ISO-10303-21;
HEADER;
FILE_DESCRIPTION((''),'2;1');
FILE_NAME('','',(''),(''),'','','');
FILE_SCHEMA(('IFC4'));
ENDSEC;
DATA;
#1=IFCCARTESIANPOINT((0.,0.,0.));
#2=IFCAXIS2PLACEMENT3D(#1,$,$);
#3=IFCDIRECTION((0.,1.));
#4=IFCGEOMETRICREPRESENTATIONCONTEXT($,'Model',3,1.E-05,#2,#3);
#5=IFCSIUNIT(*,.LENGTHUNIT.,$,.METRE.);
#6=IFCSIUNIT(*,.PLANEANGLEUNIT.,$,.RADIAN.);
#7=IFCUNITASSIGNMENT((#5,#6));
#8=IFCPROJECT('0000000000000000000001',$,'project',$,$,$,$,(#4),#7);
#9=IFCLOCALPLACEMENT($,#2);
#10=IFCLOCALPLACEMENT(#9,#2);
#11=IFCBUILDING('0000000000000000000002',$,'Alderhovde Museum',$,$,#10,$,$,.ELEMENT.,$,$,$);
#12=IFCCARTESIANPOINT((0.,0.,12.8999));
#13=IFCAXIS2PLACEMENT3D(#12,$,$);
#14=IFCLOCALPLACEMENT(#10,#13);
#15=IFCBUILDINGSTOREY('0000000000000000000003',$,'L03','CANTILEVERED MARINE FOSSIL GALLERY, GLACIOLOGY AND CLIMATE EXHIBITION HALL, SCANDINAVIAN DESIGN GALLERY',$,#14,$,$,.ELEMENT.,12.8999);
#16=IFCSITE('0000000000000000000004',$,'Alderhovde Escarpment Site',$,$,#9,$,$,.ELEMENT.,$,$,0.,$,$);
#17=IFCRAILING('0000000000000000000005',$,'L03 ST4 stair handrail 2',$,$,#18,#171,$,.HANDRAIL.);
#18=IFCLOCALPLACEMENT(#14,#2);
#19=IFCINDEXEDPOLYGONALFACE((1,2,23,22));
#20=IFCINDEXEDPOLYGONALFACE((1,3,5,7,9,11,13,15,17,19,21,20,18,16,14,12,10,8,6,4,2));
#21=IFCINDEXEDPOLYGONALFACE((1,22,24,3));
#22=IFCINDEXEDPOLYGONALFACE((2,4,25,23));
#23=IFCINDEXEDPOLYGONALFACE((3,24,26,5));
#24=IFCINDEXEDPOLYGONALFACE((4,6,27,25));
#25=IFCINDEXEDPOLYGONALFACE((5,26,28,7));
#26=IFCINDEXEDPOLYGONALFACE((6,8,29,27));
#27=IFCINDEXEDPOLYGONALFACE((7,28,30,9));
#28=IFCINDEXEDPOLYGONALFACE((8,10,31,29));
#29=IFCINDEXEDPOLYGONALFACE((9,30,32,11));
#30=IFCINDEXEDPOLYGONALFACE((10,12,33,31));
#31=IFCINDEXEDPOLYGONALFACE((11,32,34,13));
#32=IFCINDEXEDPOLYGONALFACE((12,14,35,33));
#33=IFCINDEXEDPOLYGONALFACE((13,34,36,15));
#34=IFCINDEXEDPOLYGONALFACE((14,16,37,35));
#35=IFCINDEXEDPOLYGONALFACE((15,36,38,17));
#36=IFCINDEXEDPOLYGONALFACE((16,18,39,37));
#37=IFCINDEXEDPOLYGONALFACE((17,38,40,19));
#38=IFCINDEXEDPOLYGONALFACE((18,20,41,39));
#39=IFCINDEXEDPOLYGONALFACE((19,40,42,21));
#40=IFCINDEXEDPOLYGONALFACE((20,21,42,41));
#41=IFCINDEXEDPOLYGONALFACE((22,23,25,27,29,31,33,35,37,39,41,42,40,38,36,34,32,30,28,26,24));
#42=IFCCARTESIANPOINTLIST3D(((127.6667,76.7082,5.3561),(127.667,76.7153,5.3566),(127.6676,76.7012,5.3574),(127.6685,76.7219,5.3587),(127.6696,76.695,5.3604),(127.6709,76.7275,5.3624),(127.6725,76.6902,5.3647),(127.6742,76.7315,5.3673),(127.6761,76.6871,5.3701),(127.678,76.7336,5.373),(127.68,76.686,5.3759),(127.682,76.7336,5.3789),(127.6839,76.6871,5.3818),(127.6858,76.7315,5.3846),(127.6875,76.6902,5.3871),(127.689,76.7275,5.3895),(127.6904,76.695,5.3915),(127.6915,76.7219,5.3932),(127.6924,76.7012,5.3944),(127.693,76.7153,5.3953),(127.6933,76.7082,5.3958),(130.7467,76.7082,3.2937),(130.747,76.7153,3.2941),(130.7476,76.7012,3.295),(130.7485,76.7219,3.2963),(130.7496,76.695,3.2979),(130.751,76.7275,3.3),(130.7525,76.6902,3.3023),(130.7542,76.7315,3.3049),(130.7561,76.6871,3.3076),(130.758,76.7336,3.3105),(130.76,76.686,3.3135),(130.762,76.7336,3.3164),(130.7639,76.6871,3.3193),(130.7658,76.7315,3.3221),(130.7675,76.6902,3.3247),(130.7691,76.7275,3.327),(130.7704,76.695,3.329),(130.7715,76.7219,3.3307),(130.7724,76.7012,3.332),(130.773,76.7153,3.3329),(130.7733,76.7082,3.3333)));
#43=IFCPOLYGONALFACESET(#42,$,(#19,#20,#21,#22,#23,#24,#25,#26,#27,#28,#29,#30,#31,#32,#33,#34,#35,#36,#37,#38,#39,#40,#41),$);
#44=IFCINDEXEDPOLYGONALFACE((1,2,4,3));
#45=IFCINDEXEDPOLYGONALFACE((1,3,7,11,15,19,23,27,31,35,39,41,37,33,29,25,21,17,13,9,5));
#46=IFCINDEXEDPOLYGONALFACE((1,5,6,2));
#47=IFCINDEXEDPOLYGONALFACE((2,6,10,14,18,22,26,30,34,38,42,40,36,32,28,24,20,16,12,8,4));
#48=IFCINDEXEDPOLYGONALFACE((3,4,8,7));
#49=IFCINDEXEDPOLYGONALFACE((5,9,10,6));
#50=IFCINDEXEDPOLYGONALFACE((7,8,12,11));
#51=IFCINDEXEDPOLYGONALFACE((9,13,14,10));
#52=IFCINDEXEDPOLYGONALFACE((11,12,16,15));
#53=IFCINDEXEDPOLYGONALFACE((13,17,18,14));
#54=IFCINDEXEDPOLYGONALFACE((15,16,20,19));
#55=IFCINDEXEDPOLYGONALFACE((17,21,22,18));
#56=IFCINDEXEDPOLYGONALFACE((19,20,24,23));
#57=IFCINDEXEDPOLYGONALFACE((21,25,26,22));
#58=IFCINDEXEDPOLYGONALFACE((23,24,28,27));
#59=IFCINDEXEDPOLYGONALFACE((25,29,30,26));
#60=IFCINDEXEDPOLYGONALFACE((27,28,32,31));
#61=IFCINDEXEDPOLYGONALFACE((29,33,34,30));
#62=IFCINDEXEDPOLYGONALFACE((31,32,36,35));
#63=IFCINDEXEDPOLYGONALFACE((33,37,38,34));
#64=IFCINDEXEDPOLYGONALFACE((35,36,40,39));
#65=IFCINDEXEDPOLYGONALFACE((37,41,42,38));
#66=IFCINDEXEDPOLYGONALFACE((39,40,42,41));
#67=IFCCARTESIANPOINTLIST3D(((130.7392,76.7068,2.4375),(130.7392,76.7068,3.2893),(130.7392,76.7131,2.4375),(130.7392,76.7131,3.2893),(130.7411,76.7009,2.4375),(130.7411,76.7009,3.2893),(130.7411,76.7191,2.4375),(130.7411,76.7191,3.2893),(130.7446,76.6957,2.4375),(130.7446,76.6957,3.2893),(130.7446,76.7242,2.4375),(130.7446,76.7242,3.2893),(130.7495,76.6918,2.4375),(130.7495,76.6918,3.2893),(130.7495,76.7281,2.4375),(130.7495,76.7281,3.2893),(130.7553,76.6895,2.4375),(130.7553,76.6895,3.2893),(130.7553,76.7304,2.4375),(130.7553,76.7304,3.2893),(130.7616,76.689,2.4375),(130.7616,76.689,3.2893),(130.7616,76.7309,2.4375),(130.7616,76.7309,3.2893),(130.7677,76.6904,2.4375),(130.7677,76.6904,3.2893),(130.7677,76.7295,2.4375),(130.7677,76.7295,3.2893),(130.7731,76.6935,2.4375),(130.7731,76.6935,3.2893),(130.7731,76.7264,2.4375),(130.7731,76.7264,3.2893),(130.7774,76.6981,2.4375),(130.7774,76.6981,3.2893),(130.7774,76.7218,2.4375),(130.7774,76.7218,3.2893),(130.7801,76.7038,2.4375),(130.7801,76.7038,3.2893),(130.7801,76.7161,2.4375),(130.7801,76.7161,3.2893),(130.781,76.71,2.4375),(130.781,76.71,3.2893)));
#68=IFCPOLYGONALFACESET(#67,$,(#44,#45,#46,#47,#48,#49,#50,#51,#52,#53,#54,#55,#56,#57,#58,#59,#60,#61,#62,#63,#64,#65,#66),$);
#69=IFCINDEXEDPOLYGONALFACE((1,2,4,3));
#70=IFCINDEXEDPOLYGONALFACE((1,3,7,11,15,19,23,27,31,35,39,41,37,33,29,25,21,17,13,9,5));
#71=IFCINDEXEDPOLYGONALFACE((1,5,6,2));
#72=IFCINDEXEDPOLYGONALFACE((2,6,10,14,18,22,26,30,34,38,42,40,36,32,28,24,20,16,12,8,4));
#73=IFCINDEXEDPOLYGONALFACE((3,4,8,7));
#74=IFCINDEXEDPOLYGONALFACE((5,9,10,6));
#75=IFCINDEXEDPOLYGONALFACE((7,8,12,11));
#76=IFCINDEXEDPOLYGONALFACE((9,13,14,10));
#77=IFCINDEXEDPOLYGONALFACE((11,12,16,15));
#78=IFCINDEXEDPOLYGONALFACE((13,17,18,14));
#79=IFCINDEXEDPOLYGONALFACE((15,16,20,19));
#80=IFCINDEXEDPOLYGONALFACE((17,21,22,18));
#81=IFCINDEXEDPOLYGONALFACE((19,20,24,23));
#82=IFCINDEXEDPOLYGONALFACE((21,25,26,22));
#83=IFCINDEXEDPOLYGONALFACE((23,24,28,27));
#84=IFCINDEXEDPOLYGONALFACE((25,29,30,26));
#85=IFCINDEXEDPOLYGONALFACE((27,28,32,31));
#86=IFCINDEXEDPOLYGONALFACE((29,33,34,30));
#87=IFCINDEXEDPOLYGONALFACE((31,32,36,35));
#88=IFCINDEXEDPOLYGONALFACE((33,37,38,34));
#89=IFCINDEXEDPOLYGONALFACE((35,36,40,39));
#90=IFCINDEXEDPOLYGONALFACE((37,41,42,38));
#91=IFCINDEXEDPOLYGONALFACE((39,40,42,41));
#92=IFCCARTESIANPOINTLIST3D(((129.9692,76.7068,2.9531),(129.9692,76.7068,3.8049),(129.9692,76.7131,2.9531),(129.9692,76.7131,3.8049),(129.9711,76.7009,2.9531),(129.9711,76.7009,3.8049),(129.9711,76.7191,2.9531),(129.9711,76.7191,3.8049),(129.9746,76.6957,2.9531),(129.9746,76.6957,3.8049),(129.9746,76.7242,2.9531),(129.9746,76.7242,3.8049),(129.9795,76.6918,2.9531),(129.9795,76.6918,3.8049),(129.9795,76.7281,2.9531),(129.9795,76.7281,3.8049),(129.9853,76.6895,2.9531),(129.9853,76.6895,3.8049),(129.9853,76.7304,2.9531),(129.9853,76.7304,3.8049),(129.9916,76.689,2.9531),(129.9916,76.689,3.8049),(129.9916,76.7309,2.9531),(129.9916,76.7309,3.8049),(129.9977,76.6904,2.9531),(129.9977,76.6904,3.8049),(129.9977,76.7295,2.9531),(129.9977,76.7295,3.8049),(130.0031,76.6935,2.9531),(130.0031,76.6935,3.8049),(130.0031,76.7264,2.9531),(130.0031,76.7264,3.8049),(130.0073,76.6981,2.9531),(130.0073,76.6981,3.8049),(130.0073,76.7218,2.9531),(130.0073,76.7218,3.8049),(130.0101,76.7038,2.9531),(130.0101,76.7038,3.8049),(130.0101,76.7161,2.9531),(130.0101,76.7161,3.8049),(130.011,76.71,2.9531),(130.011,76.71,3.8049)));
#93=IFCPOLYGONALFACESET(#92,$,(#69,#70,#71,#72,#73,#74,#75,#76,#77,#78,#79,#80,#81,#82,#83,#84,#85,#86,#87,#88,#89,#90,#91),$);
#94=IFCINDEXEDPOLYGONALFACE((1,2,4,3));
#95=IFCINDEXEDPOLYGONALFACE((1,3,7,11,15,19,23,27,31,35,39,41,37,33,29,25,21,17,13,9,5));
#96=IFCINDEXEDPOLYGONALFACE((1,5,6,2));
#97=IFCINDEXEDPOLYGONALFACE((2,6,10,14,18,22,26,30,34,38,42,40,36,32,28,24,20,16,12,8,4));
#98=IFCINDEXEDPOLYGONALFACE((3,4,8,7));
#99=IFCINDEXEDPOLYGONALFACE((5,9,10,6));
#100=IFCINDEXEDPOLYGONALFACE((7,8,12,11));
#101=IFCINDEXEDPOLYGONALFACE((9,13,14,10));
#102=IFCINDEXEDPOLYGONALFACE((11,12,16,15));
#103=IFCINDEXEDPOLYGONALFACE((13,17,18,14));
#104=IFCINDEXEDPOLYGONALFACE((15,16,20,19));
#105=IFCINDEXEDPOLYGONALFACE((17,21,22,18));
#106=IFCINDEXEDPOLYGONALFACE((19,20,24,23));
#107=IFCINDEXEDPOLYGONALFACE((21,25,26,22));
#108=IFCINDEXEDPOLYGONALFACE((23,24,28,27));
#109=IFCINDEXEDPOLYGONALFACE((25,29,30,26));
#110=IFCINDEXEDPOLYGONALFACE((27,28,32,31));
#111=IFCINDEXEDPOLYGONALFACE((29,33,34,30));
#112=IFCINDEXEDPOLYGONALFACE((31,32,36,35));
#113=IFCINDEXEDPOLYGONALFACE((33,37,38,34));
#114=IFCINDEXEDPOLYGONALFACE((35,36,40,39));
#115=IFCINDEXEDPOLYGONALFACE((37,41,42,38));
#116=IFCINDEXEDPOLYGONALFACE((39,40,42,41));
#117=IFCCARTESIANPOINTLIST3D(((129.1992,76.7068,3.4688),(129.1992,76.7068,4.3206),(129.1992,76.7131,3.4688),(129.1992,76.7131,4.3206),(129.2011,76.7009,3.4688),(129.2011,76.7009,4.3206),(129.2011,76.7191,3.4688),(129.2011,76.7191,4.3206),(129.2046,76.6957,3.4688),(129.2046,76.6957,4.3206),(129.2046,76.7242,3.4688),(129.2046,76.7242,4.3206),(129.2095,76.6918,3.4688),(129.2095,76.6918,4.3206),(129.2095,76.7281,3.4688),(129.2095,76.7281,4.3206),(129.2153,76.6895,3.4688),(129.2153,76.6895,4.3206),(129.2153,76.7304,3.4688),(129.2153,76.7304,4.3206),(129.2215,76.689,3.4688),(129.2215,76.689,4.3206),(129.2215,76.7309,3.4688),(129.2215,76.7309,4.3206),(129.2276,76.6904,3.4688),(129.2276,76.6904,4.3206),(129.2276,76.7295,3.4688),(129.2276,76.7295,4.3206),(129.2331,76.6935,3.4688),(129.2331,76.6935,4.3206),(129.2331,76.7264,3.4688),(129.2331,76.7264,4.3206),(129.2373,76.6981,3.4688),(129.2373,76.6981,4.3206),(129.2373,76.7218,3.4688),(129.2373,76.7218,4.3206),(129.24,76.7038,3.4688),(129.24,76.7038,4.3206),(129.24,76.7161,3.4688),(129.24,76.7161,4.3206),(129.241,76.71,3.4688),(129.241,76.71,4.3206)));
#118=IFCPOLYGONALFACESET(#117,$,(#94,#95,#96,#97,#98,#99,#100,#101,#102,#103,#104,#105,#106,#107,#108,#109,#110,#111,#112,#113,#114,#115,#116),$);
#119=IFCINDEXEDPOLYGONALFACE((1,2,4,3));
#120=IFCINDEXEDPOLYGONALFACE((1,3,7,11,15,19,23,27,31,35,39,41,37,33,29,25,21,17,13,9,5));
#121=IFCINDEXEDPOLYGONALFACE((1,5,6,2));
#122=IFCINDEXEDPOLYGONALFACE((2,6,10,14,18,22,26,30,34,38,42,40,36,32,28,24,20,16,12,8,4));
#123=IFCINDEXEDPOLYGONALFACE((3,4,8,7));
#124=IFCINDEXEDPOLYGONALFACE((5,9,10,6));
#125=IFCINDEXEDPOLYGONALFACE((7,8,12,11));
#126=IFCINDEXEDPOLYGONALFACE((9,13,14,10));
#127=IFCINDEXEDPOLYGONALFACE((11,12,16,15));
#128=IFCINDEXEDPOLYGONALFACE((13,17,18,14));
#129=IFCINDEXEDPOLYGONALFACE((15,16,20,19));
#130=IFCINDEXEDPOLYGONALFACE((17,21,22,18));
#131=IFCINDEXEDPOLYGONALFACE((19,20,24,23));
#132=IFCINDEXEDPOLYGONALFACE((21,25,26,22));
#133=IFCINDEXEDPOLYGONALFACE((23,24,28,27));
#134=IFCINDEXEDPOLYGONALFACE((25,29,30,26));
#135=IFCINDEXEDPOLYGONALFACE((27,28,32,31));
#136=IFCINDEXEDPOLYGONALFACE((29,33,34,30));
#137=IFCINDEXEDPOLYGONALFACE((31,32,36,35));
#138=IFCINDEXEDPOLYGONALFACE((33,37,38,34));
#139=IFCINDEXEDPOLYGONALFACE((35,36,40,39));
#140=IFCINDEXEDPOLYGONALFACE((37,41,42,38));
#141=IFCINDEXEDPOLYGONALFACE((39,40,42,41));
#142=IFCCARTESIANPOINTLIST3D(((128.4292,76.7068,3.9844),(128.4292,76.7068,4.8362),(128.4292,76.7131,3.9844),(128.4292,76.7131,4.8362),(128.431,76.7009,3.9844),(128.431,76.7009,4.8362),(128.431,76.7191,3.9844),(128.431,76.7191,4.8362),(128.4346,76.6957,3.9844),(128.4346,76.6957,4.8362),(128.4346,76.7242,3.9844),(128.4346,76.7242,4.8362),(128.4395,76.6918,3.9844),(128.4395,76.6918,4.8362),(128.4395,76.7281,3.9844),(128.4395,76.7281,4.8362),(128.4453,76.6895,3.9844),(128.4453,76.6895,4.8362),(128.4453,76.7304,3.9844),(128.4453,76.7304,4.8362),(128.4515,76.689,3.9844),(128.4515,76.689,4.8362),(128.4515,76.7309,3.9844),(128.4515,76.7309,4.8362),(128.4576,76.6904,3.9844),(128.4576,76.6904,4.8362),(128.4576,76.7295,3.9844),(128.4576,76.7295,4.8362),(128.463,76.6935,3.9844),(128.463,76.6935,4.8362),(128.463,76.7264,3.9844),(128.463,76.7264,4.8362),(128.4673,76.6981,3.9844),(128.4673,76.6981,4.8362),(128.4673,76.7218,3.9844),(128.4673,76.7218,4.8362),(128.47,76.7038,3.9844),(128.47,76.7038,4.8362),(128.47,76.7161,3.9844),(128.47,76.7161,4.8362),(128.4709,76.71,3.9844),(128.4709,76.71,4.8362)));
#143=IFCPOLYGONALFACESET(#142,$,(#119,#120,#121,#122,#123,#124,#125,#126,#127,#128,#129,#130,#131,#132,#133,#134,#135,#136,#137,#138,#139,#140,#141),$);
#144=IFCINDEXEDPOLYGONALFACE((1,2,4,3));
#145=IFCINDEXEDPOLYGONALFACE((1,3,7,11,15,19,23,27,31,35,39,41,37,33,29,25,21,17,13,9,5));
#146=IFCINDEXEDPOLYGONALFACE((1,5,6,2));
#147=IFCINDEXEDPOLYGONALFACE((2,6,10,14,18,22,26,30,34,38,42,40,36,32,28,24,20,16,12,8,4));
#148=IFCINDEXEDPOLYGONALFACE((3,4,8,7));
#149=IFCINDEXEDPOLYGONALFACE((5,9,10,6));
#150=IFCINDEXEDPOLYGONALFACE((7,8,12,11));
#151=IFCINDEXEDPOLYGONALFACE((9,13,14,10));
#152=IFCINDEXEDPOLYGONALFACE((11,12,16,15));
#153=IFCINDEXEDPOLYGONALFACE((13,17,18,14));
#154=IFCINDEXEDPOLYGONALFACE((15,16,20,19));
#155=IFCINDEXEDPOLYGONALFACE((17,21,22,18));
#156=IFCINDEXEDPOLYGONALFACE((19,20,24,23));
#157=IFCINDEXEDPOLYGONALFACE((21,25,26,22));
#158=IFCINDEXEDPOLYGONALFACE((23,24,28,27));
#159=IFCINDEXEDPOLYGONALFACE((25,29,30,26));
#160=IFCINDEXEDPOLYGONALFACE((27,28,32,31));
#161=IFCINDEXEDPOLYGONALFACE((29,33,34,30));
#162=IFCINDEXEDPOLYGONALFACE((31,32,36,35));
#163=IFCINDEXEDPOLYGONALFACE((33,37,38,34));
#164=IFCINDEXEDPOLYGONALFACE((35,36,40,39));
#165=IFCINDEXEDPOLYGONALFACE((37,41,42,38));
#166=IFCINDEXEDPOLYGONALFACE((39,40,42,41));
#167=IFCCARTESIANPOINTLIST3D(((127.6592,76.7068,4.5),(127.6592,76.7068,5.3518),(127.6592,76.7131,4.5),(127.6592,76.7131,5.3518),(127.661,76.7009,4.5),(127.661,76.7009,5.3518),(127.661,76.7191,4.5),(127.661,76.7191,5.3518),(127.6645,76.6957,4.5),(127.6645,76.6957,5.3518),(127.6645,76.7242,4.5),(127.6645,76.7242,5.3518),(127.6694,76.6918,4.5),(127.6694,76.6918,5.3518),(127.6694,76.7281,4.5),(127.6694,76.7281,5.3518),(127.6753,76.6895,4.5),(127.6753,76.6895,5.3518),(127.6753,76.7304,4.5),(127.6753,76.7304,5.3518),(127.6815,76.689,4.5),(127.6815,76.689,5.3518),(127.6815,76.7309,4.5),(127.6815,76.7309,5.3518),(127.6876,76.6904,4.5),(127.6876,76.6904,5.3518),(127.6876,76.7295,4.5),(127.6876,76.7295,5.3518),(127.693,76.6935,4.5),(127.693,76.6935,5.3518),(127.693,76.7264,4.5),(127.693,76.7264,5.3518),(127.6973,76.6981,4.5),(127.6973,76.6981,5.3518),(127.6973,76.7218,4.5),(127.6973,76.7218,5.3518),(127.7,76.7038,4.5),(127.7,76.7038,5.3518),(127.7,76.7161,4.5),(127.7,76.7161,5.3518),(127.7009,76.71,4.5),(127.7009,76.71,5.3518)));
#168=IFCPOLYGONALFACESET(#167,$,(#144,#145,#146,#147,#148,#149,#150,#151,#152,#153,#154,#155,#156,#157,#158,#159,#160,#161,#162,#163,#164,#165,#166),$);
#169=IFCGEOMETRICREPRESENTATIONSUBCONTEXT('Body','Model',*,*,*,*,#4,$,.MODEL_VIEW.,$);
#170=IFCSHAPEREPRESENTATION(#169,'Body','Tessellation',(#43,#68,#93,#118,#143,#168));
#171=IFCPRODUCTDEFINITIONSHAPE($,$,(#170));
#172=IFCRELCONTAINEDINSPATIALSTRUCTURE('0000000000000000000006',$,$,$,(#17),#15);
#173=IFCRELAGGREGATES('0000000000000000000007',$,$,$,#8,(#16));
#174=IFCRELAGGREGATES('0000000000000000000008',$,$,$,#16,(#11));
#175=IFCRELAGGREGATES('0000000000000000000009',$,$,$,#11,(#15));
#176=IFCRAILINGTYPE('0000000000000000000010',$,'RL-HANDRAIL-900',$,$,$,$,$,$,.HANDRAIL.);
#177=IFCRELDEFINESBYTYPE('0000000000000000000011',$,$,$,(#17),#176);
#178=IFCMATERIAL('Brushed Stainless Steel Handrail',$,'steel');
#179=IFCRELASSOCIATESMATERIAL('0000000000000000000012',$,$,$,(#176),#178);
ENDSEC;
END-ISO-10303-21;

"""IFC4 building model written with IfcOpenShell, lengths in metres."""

from ifc_helpers import new_model, si_unit, direction, frame, origin, origin_2d, place, context, subcontext, project, spatial, circle, extrude, material, type_object, element, save


model = new_model("IFC4")

# Units and contexts
model_context = context("Model", 3, precision=1e-05, world=origin(), true_north=direction((0.0, 1.0)))
body_context = subcontext(model_context, "Body", "Model", "MODEL_VIEW")
ifc_project = project(units=[si_unit("LENGTHUNIT", "METRE"), si_unit("PLANEANGLEUNIT", "RADIAN")], contexts=[model_context])

# Site, building, storey
site_placement = place(None, origin())
site = spatial("IfcSite", under=ifc_project, at=site_placement, Name="Alderhovde Escarpment Site", CompositionType="ELEMENT", RefElevation=0.0)
building_placement = place(site_placement, origin())
building = spatial("IfcBuilding", under=site, at=building_placement, Name="Alderhovde Museum", CompositionType="ELEMENT")
storey_placement = place(building_placement, frame((0.0, 0.0, 12.8999)))
storey = spatial("IfcBuildingStorey", under=building, at=storey_placement, Name="L03", Description="CANTILEVERED MARINE FOSSIL GALLERY, GLACIOLOGY AND CLIMATE EXHIBITION HALL, SCANDINAVIAN DESIGN GALLERY", CompositionType="ELEMENT", Elevation=12.8999)

# Railing
ifc_material_1 = material(Name="Brushed Stainless Steel Handrail", Category="steel")
railing_type_1 = type_object("IfcRailingType", Name="RL-HANDRAIL-900", PredefinedType="HANDRAIL", material=ifc_material_1)
railing_1_placement = place(storey_placement, frame((130.76, 76.71, 2.4375)))
element("IfcRailing", 1, at=railing_1_placement, inside=storey, type_object=railing_type_1, Name="L03 ST4 stair handrail 2", PredefinedType="HANDRAIL", context=body_context, shape_type="SweptSolid", body=[
    extrude(circle(Radius=0.0239, at=origin_2d()), frame((0.0, 0.0, 0.876), z_axis=(-0.830914, 0.0, 0.556401), x_axis=(0.0, -1.0, 0.0)), (0.0, 0.0, 1.0), 3.7068),
    extrude(circle(Radius=0.021, at=origin_2d()), origin(), (0.0, 0.0, 1.0), 0.8518),
    extrude(circle(Radius=0.021, at=origin_2d()), frame((-0.77, 0.0, 0.5156)), (0.0, 0.0, 1.0), 0.8518),
    extrude(circle(Radius=0.021, at=origin_2d()), frame((-1.54, 0.0, 1.0312)), (0.0, 0.0, 1.0), 0.8518),
    extrude(circle(Radius=0.021, at=origin_2d()), frame((-2.3101, 0.0, 1.5469)), (0.0, 0.0, 1.0), 0.8518),
    extrude(circle(Radius=0.021, at=origin_2d()), frame((-3.0801, 0.0, 2.0625)), (0.0, 0.0, 1.0), 0.8518),
])

save(model, "model.ifc")
